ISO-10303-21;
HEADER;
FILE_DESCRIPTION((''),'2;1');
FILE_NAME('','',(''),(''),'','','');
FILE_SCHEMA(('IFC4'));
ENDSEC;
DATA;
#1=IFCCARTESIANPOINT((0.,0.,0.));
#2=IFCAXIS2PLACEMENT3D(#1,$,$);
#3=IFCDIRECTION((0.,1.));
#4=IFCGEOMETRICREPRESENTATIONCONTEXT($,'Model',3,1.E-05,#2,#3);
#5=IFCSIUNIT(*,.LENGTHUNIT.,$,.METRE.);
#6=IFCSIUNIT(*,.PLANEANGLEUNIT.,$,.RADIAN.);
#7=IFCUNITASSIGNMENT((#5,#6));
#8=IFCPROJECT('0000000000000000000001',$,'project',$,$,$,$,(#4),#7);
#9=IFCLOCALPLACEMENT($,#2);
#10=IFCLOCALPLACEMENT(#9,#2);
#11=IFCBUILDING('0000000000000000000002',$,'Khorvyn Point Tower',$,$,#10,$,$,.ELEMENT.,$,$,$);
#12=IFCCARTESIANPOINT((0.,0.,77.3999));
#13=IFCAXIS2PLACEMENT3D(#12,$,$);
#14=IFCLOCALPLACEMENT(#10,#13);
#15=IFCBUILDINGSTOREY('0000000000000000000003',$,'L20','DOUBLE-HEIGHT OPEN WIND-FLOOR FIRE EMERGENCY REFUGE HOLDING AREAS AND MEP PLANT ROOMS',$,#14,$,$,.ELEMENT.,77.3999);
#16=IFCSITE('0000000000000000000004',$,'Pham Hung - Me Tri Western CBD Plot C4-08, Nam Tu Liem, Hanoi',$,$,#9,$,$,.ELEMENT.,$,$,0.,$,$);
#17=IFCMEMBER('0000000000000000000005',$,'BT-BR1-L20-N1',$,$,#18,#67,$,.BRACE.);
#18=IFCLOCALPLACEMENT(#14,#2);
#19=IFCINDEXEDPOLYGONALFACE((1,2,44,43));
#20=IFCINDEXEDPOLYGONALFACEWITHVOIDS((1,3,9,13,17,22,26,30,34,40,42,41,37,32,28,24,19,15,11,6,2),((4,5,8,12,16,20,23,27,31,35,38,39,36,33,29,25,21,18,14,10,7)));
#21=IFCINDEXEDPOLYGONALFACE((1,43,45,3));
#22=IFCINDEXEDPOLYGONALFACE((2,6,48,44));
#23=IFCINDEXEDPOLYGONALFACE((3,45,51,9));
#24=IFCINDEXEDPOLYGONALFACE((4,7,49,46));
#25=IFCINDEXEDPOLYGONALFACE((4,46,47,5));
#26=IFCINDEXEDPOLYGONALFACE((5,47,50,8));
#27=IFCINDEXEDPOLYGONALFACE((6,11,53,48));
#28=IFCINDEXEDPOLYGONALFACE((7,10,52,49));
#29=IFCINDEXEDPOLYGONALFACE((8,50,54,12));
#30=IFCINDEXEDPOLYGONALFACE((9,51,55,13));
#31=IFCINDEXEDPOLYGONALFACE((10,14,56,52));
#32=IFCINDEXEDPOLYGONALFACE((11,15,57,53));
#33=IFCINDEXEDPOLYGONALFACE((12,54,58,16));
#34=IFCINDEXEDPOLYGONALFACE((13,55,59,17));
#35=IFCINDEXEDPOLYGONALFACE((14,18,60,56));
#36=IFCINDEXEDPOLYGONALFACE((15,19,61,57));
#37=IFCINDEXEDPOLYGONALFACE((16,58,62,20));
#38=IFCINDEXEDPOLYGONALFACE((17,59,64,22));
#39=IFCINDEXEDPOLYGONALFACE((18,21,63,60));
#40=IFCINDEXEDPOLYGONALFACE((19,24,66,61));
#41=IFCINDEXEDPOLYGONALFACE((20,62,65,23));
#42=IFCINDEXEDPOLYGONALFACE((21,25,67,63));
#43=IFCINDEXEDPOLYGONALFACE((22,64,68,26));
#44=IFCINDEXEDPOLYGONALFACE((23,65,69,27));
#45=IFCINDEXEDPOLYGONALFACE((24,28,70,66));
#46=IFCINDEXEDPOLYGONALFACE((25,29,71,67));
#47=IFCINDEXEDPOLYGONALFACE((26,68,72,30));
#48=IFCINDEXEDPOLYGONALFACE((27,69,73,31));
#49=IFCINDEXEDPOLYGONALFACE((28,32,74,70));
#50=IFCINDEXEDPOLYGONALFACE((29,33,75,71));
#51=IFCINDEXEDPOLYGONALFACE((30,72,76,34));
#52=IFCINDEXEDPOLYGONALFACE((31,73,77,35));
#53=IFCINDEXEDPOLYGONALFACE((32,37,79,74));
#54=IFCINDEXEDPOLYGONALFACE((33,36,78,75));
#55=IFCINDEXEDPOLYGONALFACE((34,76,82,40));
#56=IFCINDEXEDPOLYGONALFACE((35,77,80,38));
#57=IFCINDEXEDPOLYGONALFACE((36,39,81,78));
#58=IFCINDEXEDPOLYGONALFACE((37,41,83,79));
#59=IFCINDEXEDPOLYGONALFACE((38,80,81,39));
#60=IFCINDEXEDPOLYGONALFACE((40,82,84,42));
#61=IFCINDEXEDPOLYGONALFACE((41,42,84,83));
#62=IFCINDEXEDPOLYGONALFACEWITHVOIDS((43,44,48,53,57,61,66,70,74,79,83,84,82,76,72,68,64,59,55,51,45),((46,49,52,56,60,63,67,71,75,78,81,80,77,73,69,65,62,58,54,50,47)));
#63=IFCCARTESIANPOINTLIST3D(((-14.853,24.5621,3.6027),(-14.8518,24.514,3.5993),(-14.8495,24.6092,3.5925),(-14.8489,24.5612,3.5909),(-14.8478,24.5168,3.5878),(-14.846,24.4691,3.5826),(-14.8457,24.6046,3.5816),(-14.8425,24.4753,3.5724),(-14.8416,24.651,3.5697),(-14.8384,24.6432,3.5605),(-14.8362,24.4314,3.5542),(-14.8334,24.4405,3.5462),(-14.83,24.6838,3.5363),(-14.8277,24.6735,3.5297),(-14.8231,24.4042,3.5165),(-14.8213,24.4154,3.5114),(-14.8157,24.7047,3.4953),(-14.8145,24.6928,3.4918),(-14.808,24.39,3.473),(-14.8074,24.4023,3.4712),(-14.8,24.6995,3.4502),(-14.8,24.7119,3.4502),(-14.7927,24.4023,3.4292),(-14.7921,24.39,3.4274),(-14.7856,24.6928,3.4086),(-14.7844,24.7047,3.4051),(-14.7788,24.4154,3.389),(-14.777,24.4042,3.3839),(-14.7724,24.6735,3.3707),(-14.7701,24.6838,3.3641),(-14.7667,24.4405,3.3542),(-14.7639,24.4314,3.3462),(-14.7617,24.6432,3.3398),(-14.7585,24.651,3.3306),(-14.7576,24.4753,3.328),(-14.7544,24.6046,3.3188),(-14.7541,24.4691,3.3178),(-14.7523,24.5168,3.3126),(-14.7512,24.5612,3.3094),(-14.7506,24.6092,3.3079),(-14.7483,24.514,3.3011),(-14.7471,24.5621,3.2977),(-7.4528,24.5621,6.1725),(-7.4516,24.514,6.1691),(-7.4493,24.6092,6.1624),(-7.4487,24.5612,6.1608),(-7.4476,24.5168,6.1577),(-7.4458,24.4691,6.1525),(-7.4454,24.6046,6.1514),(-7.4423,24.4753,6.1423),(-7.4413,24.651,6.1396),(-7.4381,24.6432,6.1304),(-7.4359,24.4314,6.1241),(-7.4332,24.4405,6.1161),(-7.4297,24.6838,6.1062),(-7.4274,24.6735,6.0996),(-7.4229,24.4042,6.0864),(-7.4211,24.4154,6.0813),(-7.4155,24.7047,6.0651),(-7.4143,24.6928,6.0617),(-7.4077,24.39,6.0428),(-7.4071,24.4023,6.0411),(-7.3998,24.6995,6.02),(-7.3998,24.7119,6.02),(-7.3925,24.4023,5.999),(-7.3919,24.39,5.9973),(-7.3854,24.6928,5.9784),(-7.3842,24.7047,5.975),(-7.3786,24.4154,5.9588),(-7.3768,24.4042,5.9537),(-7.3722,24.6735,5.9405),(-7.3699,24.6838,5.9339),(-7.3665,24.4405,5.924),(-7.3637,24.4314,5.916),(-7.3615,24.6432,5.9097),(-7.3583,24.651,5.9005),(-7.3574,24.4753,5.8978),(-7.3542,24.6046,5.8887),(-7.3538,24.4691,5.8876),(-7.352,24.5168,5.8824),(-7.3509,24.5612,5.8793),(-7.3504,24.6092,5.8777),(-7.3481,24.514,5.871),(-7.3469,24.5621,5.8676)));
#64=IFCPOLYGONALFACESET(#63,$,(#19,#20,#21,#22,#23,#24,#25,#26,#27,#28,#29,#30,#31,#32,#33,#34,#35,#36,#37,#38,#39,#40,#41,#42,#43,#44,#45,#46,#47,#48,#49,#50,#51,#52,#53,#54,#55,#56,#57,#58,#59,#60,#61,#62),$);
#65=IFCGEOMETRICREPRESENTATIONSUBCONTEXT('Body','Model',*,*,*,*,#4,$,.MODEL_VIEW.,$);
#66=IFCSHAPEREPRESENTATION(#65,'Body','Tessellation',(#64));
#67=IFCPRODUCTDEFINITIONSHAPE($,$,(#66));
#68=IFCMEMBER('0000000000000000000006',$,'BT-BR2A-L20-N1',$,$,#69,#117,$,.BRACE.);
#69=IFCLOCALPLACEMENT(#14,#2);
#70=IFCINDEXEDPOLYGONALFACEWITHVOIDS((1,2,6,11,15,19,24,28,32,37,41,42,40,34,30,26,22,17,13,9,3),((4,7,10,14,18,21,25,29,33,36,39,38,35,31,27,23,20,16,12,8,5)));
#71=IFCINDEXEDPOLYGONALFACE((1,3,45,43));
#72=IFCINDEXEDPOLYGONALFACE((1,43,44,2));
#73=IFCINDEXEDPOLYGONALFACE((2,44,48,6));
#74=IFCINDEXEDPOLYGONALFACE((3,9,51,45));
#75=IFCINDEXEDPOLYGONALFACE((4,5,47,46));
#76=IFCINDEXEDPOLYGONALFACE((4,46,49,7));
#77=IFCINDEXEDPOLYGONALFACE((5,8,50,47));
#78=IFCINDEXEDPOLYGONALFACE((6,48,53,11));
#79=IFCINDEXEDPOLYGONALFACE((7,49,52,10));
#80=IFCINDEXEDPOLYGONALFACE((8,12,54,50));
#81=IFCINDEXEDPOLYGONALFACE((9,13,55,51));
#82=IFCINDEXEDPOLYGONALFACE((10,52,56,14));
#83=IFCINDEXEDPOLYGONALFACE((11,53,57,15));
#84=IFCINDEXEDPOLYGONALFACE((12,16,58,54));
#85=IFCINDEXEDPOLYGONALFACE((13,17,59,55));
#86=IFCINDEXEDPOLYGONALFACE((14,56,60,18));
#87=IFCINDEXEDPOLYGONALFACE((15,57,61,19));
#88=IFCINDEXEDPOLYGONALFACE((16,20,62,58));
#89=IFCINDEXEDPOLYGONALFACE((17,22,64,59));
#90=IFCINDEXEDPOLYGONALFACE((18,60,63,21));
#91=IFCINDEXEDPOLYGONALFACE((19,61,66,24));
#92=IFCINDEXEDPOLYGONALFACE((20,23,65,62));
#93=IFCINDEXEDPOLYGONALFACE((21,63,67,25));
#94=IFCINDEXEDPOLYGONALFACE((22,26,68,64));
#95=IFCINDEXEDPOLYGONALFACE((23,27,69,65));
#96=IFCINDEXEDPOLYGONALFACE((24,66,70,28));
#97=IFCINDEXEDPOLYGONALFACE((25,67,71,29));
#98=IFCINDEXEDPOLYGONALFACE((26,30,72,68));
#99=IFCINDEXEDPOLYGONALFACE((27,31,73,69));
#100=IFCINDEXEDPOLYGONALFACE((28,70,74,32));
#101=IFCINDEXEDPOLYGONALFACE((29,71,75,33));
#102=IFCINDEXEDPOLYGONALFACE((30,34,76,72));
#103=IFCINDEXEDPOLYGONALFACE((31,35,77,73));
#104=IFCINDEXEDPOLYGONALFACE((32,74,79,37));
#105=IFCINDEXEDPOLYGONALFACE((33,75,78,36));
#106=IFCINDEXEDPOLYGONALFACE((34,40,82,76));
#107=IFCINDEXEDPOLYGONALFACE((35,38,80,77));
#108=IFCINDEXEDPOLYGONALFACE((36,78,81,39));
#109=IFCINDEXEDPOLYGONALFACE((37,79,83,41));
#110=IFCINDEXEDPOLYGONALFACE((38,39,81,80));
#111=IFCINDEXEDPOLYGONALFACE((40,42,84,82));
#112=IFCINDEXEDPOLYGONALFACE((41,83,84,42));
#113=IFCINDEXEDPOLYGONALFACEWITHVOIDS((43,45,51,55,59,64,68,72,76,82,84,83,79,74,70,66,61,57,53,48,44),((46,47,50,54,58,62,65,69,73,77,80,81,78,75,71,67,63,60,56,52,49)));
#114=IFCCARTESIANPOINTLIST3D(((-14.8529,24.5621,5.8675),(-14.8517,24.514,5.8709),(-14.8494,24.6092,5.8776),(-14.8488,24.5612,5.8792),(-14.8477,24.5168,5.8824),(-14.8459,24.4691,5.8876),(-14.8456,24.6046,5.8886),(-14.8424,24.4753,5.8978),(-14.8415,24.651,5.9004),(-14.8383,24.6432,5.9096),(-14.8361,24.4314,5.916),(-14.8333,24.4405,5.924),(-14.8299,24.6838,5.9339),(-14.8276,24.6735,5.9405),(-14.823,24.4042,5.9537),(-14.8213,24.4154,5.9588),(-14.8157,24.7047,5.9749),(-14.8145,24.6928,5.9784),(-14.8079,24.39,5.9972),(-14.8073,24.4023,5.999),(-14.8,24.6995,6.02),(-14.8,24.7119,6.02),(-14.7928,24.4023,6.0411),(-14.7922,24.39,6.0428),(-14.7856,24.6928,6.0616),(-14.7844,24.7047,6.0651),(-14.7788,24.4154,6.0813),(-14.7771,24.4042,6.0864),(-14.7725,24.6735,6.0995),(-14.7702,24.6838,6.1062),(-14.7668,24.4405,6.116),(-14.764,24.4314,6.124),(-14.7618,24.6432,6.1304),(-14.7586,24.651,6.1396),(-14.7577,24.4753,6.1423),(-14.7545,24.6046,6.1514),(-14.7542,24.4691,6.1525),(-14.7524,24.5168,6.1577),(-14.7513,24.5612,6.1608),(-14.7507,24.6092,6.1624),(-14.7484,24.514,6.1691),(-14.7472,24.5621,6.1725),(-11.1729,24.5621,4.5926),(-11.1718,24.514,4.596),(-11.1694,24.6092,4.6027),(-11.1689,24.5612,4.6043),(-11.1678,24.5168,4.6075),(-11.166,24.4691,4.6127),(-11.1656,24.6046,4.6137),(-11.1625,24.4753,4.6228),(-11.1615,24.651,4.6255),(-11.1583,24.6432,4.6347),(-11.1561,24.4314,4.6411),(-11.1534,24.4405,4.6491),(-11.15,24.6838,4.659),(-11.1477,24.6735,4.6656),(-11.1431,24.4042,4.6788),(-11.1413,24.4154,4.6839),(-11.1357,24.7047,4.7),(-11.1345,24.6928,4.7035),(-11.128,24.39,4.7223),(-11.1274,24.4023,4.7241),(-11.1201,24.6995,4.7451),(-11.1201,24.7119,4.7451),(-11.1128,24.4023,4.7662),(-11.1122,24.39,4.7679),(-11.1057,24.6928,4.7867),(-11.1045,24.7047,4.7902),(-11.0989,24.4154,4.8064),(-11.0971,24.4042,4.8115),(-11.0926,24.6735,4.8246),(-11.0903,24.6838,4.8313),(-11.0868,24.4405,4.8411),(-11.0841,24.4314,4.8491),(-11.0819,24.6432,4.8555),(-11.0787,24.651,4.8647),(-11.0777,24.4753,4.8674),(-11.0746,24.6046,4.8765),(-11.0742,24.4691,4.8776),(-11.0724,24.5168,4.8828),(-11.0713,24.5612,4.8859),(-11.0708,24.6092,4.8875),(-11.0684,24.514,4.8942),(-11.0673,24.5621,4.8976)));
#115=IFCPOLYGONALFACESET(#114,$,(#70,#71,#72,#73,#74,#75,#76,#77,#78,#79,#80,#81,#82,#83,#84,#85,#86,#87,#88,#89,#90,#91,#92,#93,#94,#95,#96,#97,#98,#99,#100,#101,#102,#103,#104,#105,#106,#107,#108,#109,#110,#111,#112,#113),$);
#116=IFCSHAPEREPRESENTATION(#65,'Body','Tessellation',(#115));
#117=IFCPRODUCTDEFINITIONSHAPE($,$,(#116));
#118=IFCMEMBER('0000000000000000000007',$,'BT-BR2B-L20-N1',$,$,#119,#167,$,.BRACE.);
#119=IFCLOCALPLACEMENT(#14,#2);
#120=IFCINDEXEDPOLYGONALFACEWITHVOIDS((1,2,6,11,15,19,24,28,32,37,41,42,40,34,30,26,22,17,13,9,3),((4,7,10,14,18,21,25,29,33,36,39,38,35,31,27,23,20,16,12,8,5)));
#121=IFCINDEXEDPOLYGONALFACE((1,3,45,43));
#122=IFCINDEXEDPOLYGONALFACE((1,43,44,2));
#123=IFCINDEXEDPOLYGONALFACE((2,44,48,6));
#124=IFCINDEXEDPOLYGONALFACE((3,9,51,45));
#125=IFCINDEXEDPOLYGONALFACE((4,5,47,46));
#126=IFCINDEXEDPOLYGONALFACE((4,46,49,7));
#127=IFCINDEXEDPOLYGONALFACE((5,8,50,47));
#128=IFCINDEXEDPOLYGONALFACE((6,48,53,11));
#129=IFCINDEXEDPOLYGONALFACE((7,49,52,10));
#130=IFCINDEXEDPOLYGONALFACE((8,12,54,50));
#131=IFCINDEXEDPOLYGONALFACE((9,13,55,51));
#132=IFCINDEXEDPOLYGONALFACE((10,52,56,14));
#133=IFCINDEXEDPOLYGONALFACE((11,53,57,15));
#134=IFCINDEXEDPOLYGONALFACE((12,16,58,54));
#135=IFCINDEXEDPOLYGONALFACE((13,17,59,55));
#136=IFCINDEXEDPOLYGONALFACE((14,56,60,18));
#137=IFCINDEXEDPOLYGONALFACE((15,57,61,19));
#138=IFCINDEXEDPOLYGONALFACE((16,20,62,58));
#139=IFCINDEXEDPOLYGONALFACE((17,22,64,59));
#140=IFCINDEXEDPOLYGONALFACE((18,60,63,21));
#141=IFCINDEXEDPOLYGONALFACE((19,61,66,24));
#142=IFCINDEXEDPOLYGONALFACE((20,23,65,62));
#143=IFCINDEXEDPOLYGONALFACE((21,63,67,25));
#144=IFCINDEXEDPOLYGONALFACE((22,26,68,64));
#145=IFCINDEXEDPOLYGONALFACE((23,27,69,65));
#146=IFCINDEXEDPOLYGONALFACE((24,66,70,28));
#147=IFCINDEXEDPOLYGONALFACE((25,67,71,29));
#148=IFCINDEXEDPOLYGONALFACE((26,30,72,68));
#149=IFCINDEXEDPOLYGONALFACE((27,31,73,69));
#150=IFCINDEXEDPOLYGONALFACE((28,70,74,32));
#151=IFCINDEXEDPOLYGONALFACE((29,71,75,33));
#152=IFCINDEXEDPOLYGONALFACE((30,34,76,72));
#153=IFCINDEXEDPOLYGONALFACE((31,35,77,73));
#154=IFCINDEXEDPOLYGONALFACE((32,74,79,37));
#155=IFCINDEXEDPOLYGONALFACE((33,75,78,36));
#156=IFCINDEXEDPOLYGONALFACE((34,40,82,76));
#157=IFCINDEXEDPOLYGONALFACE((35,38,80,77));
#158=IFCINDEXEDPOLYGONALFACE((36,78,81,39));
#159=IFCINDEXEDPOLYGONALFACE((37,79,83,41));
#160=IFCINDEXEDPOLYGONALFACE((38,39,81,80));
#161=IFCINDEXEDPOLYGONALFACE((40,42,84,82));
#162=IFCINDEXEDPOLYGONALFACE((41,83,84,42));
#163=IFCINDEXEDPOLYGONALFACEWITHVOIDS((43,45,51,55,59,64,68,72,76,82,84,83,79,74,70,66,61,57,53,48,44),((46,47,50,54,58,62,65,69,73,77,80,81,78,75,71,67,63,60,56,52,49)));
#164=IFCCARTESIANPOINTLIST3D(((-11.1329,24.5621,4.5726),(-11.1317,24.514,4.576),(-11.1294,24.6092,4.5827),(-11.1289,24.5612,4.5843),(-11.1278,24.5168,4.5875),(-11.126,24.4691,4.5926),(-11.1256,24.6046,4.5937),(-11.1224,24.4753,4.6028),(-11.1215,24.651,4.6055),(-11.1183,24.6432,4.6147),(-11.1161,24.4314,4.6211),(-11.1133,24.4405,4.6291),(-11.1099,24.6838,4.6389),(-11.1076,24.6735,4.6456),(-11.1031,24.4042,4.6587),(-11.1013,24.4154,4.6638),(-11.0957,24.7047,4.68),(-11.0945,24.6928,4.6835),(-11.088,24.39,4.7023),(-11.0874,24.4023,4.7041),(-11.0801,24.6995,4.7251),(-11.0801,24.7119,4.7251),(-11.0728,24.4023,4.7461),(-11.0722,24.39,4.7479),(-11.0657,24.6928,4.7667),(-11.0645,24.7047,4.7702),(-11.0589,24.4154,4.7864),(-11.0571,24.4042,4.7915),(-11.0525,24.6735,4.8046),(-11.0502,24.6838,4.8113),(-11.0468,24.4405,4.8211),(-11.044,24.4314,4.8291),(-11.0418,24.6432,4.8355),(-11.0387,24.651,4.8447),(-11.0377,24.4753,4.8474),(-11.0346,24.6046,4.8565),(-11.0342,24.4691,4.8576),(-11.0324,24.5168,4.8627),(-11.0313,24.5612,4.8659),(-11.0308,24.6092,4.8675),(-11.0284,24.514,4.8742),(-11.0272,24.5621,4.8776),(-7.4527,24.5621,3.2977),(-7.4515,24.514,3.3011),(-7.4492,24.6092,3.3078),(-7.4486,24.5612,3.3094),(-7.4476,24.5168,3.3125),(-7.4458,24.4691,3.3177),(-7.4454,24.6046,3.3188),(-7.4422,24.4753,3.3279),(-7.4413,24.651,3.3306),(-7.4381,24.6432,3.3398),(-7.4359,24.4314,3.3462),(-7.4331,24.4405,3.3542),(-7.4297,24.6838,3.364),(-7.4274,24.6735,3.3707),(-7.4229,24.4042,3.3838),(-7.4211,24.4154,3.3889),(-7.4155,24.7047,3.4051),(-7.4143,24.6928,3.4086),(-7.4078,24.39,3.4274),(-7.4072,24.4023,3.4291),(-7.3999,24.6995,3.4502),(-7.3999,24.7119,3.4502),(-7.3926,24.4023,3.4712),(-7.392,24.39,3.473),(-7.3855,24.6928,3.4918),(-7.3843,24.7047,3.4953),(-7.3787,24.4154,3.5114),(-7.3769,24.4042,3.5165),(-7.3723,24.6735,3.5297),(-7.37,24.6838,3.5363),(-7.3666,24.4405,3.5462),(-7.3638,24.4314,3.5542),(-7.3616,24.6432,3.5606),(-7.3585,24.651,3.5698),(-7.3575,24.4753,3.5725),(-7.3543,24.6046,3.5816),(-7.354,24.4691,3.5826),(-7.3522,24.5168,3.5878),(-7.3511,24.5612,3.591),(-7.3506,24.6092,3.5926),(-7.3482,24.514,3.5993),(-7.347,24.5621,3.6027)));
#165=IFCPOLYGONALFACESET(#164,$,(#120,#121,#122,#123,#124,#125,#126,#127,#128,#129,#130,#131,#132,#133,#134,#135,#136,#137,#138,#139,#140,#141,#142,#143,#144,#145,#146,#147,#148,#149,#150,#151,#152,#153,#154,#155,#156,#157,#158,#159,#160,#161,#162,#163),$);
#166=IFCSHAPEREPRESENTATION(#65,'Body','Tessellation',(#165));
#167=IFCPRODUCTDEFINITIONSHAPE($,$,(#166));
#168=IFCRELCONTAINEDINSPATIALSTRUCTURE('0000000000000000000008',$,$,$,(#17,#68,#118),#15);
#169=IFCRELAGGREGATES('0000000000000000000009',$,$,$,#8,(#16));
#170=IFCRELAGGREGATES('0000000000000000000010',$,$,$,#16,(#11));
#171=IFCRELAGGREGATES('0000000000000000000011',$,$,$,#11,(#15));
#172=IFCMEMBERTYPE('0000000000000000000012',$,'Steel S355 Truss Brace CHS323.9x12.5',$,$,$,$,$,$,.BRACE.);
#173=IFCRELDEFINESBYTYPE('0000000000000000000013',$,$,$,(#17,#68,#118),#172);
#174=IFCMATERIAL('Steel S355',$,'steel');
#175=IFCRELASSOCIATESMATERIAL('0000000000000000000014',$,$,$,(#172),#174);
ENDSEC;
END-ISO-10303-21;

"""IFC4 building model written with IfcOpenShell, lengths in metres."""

from ifc_helpers import new_model, si_unit, direction, frame, origin, origin_2d, place, context, subcontext, project, spatial, hollow_circle, extrude, material, material_profile, profile_set, type_object, element, save


model = new_model("IFC4")

# Units and contexts
model_context = context("Model", 3, precision=1e-05, world=origin(), true_north=direction((0.0, 1.0)))
body_context = subcontext(model_context, "Body", "Model", "MODEL_VIEW")
ifc_project = project(units=[si_unit("LENGTHUNIT", "METRE"), si_unit("PLANEANGLEUNIT", "RADIAN")], contexts=[model_context])

# Site, building, storey
site_placement = place(None, origin())
site = spatial("IfcSite", under=ifc_project, at=site_placement, Name="Pham Hung - Me Tri Western CBD Plot C4-08, Nam Tu Liem, Hanoi", CompositionType="ELEMENT", RefElevation=0.0)
building_placement = place(site_placement, origin())
building = spatial("IfcBuilding", under=site, at=building_placement, Name="Khorvyn Point Tower", CompositionType="ELEMENT")
storey_placement = place(building_placement, frame((0.0, 0.0, 77.3999)))
storey = spatial("IfcBuildingStorey", under=building, at=storey_placement, Name="L20", Description="DOUBLE-HEIGHT OPEN WIND-FLOOR FIRE EMERGENCY REFUGE HOLDING AREAS AND MEP PLANT ROOMS", CompositionType="ELEMENT", Elevation=77.3999)

# Shared definitions
ifc_material_1 = material(Name="Steel S355", Category="steel")

# Members
ifc_material_profile_1 = material_profile(ifc_material_1, hollow_circle(Radius=0.1619, WallThickness=0.0125, at=origin_2d()))
ifc_profile_set_1 = profile_set([ifc_material_profile_1], Name="Steel S355 CHS323.9x12.5")
member_type_1 = type_object("IfcMemberType", Name="Steel S355 Truss Brace CHS323.9x12.5", PredefinedType="BRACE", material=ifc_profile_set_1)
member_1_placement = place(storey_placement, frame((-14.8, 24.55, 3.4502), z_axis=(0.944661, 0.0, 0.328049), x_axis=(0.0, 1.0, 0.0)))
element("IfcMember", 1, at=member_1_placement, inside=storey, type_object=member_type_1, Name="BT-BR1-L20-N1", PredefinedType="BRACE", context=body_context, shape_type="SweptSolid", body=[
    extrude(hollow_circle(Radius=0.1619, WallThickness=0.0125, at=origin_2d()), origin(), (0.0, 0.0, 1.0), 7.8337),
])
member_2_placement = place(storey_placement, frame((-14.8, 24.55, 6.02), z_axis=(0.9449, 0.0, -0.327358), x_axis=(0.0, 1.0, 0.0)))
element("IfcMember", 2, at=member_2_placement, inside=storey, type_object=member_type_1, Name="BT-BR2A-L20-N1", PredefinedType="BRACE", context=body_context, shape_type="SweptSolid", body=[
    extrude(hollow_circle(Radius=0.1619, WallThickness=0.0125, at=origin_2d()), origin(), (0.0, 0.0, 1.0), 3.8945),
])
member_3_placement = place(storey_placement, frame((-11.0801, 24.55, 4.7251), z_axis=(0.944907, 0.0, -0.327339), x_axis=(0.0, 1.0, 0.0)))
element("IfcMember", 3, at=member_3_placement, inside=storey, type_object=member_type_1, Name="BT-BR2B-L20-N1", PredefinedType="BRACE", context=body_context, shape_type="SweptSolid", body=[
    extrude(hollow_circle(Radius=0.1619, WallThickness=0.0125, at=origin_2d()), origin(), (0.0, 0.0, 1.0), 3.8948),
])

save(model, "model.ifc")
